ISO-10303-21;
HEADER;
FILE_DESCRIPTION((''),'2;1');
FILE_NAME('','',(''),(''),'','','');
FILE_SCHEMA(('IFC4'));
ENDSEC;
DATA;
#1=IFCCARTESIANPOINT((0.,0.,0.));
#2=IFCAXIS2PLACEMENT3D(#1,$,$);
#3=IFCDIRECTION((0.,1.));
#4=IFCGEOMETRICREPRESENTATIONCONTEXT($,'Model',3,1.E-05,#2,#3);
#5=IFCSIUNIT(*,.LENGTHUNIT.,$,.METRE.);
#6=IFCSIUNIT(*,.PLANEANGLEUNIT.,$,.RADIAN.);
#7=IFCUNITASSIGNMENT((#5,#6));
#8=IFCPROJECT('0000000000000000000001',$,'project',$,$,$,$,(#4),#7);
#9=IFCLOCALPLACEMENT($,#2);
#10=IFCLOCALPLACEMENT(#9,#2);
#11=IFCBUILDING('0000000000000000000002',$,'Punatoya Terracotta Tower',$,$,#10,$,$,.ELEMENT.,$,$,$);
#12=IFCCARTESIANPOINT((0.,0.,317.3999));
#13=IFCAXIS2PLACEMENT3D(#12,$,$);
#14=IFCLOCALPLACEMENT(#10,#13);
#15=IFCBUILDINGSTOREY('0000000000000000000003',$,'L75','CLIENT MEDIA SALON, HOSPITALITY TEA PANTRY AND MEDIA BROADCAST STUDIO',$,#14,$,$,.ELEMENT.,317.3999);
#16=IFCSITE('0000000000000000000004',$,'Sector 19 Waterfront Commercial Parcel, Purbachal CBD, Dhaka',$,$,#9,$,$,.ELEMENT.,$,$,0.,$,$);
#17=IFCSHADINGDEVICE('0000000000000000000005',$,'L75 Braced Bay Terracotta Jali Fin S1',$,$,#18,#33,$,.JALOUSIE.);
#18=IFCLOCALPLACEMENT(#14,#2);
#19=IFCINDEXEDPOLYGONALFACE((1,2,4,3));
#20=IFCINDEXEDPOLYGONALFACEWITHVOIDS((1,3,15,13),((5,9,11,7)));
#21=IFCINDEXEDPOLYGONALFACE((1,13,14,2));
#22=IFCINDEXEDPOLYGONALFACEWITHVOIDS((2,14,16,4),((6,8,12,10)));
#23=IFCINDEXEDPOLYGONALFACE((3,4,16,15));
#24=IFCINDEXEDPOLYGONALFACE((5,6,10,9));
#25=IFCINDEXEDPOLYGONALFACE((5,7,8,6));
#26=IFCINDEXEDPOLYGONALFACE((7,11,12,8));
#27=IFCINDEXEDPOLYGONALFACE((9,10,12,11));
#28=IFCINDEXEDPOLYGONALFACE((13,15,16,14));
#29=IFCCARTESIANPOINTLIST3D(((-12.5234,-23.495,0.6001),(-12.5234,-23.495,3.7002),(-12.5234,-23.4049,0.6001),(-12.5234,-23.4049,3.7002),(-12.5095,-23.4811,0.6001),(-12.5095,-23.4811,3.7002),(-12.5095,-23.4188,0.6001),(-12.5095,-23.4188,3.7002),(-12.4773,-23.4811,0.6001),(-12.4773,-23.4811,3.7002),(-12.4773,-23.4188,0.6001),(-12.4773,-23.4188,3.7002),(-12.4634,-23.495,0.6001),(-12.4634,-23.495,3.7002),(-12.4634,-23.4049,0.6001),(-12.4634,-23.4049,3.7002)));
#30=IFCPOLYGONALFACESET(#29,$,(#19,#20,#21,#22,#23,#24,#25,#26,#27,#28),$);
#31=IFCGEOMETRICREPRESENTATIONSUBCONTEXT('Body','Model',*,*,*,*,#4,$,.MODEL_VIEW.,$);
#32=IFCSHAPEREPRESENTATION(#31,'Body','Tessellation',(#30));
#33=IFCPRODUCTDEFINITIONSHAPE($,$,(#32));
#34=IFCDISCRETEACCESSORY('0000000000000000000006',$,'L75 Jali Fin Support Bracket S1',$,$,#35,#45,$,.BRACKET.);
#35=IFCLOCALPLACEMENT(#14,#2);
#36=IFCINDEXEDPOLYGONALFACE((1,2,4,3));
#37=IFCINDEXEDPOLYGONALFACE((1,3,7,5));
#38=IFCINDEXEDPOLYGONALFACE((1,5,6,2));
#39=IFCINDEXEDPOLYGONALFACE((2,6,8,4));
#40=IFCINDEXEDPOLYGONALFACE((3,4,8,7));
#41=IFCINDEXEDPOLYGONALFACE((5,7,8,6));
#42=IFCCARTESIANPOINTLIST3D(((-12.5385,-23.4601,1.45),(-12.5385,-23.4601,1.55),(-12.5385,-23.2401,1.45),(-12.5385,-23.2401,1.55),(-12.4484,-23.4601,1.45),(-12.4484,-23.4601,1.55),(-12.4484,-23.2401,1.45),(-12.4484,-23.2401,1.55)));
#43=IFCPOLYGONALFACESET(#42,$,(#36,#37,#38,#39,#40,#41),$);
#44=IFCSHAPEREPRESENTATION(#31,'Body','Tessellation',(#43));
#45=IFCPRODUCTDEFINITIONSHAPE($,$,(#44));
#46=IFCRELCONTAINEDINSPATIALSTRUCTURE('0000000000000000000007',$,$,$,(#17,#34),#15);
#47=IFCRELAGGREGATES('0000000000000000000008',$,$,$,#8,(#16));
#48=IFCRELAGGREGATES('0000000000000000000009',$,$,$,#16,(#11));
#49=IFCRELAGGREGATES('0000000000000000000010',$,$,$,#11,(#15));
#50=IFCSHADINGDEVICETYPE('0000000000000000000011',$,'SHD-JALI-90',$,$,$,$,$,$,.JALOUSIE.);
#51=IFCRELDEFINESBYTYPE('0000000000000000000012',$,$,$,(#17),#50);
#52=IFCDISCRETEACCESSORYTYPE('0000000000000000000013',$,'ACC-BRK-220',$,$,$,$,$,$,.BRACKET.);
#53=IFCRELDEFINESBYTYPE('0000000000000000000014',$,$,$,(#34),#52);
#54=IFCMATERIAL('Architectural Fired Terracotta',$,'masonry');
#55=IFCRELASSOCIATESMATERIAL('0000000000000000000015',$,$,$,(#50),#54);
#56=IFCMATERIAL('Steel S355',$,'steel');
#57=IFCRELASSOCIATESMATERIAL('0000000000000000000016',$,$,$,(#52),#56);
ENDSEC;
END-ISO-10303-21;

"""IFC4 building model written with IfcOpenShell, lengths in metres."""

from ifc_helpers import new_model, si_unit, direction, frame, origin, origin_2d, place, context, subcontext, project, spatial, rectangle, hollow_rectangle, extrude, material, material_profile, profile_set, type_object, element, save


model = new_model("IFC4")

# Units and contexts
model_context = context("Model", 3, precision=1e-05, world=origin(), true_north=direction((0.0, 1.0)))
body_context = subcontext(model_context, "Body", "Model", "MODEL_VIEW")
ifc_project = project(units=[si_unit("LENGTHUNIT", "METRE"), si_unit("PLANEANGLEUNIT", "RADIAN")], contexts=[model_context])

# Site, building, storey
site_placement = place(None, origin())
site = spatial("IfcSite", under=ifc_project, at=site_placement, Name="Sector 19 Waterfront Commercial Parcel, Purbachal CBD, Dhaka", CompositionType="ELEMENT", RefElevation=0.0)
building_placement = place(site_placement, origin())
building = spatial("IfcBuilding", under=site, at=building_placement, Name="Punatoya Terracotta Tower", CompositionType="ELEMENT")
storey_placement = place(building_placement, frame((0.0, 0.0, 317.3999)))
storey = spatial("IfcBuildingStorey", under=building, at=storey_placement, Name="L75", Description="CLIENT MEDIA SALON, HOSPITALITY TEA PANTRY AND MEDIA BROADCAST STUDIO", CompositionType="ELEMENT", Elevation=317.3999)

# Shared definitions
ifc_material_1 = material(Name="Steel S355", Category="steel")

# Shading device
ifc_material_2 = material(Name="Architectural Fired Terracotta", Category="masonry")
ifc_material_profile_1 = material_profile(ifc_material_2, hollow_rectangle(XDim=0.0601, YDim=0.0901, WallThickness=0.0139, at=origin_2d()))
ifc_profile_set_1 = profile_set([ifc_material_profile_1], Name="Architectural Fired Terracotta")
shading_device_type = type_object("IfcShadingDeviceType", Name="SHD-JALI-90", PredefinedType="JALOUSIE", material=ifc_profile_set_1)
shading_device_placement = place(storey_placement, frame((-12.4934, -23.45, 0.6001), z_axis=(0.0, 0.0, 1.0), x_axis=(1.0, 0.0, 0.0)))
element("IfcShadingDevice", 1, at=shading_device_placement, inside=storey, type_object=shading_device_type, Name="L75 Braced Bay Terracotta Jali Fin S1", PredefinedType="JALOUSIE", context=body_context, shape_type="SweptSolid", body=[
    extrude(hollow_rectangle(XDim=0.0601, YDim=0.0901, WallThickness=0.0139, at=origin_2d()), origin(), (0.0, 0.0, 1.0), 3.1001),
])

# Discrete accessory
discrete_accessory_type = type_object("IfcDiscreteAccessoryType", Name="ACC-BRK-220", PredefinedType="BRACKET", material=ifc_material_1)
discrete_accessory_placement = place(storey_placement, frame((-12.4934, -23.3501, 1.45), z_axis=(0.0, 0.0, 1.0), x_axis=(1.0, 0.0, 0.0)))
element("IfcDiscreteAccessory", 2, at=discrete_accessory_placement, inside=storey, type_object=discrete_accessory_type, Name="L75 Jali Fin Support Bracket S1", PredefinedType="BRACKET", context=body_context, shape_type="SweptSolid", body=[
    extrude(rectangle(XDim=0.0901, YDim=0.22, at=origin_2d()), origin(), (0.0, 0.0, 1.0), 0.1001),
])

save(model, "model.ifc")
